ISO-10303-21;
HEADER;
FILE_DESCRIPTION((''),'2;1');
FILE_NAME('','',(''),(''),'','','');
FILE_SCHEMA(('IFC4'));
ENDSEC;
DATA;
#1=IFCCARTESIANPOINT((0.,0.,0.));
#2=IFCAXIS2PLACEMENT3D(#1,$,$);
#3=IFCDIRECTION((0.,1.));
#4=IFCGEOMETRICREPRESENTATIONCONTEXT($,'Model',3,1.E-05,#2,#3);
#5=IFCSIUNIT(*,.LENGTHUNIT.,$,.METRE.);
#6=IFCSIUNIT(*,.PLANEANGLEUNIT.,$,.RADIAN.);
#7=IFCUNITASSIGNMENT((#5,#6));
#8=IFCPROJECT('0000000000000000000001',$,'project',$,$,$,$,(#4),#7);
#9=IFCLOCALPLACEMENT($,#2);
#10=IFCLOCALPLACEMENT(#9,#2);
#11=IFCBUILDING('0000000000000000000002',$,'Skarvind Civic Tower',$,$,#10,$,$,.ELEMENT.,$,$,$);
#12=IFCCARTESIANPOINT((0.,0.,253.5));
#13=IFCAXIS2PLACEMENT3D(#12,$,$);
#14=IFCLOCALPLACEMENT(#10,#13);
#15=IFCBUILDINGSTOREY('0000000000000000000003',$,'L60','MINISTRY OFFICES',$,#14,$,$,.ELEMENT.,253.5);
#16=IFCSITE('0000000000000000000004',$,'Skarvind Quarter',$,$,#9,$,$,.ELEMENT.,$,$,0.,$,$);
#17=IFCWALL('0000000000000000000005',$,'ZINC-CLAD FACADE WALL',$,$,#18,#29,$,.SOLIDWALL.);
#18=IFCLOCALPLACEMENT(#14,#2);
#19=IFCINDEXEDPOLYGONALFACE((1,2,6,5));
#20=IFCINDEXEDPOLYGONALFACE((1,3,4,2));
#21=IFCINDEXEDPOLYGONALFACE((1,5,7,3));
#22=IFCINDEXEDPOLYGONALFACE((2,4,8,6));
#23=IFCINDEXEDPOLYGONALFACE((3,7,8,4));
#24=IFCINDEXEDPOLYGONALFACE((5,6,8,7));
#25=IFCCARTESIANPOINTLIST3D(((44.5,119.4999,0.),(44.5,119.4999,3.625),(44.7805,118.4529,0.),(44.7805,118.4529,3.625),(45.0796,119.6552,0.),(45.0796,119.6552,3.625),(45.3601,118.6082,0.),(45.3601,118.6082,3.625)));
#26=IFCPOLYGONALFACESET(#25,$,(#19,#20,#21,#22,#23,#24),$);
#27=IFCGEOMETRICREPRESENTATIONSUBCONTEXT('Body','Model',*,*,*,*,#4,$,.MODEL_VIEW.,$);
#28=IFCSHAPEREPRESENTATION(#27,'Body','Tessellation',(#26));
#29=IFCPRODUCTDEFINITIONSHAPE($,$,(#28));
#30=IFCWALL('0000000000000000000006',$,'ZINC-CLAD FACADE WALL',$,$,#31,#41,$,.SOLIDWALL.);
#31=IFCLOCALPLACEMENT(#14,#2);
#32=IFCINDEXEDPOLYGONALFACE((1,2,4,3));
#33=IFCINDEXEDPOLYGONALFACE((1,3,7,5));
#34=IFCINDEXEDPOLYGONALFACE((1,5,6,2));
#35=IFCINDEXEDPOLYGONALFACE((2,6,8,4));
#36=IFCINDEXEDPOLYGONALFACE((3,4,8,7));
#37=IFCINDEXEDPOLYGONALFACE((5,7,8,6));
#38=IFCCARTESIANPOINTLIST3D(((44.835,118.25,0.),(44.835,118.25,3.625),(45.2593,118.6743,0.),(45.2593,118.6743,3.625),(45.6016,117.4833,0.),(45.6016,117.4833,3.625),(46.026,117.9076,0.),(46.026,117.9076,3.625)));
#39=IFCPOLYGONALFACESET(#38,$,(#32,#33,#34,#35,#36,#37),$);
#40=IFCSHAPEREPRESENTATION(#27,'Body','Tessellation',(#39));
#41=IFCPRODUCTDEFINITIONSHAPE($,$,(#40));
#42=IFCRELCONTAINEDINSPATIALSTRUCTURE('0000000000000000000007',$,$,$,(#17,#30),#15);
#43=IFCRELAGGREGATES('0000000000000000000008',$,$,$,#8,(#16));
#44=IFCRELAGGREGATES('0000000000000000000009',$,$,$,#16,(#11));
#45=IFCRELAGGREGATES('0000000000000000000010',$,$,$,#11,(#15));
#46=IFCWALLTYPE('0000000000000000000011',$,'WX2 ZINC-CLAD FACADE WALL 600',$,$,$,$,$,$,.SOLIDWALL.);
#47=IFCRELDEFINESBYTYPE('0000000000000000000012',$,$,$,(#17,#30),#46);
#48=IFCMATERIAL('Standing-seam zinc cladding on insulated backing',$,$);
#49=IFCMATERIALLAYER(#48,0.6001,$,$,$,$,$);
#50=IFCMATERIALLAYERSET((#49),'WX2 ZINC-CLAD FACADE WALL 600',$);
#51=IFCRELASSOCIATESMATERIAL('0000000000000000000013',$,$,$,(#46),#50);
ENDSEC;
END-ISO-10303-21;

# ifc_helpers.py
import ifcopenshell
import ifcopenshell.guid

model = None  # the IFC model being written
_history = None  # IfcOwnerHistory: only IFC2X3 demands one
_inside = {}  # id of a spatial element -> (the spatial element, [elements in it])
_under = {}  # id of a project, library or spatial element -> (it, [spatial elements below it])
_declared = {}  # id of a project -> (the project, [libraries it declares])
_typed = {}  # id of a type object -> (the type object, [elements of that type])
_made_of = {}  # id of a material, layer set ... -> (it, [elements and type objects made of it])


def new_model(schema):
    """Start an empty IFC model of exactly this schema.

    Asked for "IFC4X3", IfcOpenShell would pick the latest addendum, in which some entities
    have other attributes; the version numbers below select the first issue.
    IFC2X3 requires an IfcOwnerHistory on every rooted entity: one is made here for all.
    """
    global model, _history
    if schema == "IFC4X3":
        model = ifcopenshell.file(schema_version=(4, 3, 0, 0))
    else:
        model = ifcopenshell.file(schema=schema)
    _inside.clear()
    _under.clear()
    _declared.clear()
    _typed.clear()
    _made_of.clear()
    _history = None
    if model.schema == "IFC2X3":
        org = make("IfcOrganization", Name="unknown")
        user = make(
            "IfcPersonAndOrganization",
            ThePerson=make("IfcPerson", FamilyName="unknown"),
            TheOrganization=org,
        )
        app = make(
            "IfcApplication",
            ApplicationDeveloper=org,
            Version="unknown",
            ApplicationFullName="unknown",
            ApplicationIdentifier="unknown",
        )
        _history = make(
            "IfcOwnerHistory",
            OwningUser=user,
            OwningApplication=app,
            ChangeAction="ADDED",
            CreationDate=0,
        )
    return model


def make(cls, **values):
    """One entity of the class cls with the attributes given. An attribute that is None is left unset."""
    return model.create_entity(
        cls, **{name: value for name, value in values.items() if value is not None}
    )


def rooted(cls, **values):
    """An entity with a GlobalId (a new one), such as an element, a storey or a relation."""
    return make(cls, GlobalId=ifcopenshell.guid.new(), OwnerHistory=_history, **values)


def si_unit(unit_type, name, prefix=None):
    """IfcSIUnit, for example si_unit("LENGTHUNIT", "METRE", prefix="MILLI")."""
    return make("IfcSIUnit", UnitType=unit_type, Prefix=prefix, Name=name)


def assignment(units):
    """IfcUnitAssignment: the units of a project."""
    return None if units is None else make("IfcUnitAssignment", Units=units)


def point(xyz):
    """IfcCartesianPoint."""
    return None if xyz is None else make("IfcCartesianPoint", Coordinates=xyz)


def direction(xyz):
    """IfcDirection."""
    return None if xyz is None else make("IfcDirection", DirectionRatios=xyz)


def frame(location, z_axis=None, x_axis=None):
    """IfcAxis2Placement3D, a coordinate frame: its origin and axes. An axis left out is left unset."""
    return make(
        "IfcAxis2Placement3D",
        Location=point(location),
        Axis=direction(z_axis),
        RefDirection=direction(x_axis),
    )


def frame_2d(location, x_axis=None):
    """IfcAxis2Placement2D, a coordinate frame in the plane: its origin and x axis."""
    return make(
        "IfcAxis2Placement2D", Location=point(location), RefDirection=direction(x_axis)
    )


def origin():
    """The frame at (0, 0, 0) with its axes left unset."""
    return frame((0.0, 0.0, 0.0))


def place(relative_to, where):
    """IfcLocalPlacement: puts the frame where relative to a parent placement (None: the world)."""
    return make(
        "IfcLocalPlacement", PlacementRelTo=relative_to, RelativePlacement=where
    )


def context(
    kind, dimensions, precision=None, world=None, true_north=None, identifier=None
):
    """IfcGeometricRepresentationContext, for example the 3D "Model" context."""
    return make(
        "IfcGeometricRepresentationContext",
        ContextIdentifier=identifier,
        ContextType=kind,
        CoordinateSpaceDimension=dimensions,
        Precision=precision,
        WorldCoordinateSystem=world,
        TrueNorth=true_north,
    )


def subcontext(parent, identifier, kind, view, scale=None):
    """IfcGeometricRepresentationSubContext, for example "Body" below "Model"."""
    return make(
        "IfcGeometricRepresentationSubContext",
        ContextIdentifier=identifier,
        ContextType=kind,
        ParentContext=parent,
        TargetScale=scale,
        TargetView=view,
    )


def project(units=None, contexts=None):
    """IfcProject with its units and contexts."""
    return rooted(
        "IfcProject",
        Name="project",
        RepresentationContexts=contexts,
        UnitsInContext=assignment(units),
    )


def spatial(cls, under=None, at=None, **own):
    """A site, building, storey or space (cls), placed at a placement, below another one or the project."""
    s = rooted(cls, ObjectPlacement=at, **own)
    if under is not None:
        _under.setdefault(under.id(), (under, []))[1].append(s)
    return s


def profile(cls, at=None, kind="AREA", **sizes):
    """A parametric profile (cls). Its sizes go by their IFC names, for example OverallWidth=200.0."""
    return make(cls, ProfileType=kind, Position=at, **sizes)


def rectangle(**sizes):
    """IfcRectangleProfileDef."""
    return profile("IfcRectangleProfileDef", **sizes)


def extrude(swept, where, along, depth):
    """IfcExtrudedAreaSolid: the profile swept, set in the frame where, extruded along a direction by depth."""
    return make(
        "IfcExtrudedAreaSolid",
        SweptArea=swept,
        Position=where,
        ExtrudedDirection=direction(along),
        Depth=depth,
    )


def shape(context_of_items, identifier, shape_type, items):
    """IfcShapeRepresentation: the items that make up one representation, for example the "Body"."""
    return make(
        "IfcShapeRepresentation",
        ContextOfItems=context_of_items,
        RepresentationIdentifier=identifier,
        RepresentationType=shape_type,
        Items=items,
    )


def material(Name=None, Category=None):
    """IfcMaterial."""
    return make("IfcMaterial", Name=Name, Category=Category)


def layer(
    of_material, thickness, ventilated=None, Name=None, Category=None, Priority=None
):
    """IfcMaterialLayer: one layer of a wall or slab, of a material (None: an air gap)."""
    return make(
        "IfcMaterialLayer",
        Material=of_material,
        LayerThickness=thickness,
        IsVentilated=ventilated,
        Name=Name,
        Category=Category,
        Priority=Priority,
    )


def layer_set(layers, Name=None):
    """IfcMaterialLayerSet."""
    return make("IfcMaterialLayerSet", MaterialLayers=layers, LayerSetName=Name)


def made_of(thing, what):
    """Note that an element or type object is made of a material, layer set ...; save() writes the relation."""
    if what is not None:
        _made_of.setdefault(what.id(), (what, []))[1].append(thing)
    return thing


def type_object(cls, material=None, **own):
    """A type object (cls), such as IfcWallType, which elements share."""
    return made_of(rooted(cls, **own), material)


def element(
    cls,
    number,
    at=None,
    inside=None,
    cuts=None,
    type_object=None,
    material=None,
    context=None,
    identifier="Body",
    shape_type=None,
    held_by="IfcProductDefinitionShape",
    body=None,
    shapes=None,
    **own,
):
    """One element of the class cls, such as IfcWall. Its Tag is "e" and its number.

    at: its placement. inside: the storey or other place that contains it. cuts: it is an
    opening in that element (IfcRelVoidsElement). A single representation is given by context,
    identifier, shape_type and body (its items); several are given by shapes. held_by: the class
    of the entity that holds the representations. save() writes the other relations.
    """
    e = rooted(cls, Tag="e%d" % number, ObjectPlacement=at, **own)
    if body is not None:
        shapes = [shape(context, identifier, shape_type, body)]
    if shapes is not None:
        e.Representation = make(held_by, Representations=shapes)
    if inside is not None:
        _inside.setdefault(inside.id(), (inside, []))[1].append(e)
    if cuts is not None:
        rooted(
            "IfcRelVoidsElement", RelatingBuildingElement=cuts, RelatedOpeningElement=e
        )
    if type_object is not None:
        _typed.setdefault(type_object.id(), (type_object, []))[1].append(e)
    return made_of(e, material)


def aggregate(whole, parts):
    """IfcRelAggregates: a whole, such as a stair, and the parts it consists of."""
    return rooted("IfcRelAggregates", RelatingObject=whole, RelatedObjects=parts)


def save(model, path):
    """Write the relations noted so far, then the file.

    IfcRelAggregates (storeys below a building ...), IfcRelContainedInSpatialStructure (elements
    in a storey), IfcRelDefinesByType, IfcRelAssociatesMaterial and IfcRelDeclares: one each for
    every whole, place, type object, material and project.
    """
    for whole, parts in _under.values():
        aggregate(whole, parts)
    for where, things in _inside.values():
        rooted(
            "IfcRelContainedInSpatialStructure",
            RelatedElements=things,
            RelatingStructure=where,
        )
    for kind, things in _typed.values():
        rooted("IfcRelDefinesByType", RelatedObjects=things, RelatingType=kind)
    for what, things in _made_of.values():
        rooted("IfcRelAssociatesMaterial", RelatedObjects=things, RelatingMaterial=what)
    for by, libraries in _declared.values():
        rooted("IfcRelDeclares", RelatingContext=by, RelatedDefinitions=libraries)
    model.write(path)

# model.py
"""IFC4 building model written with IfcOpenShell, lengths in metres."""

from ifc_helpers import new_model, si_unit, direction, frame, frame_2d, origin, place, context, subcontext, project, spatial, rectangle, extrude, material, layer, layer_set, type_object, element, save


model = new_model("IFC4")

# Units and contexts
model_context = context("Model", 3, precision=1e-05, world=origin(), true_north=direction((0.0, 1.0)))
body_context = subcontext(model_context, "Body", "Model", "MODEL_VIEW")
ifc_project = project(units=[si_unit("LENGTHUNIT", "METRE"), si_unit("PLANEANGLEUNIT", "RADIAN")], contexts=[model_context])

# Site, building, storey
site_placement = place(None, origin())
site = spatial("IfcSite", under=ifc_project, at=site_placement, Name="Skarvind Quarter", CompositionType="ELEMENT", RefElevation=0.0)
building_placement = place(site_placement, origin())
building = spatial("IfcBuilding", under=site, at=building_placement, Name="Skarvind Civic Tower", CompositionType="ELEMENT")
storey_placement = place(building_placement, frame((0.0, 0.0, 253.5)))
storey = spatial("IfcBuildingStorey", under=building, at=storey_placement, Name="L60", Description="MINISTRY OFFICES", CompositionType="ELEMENT", Elevation=253.5)

# Shared definitions
ifc_material_1 = material(Name="Standing-seam zinc cladding on insulated backing")
ifc_layer_1 = layer(ifc_material_1, 0.6001)
ifc_layer_set_1 = layer_set([ifc_layer_1], Name="WX2 ZINC-CLAD FACADE WALL 600")
wall_type_1 = type_object("IfcWallType", Name="WX2 ZINC-CLAD FACADE WALL 600", PredefinedType="SOLIDWALL", material=ifc_layer_set_1)

# Walls
wall_1_placement = place(storey_placement, frame((45.0703, 118.5305, 0.0), z_axis=(0.0, 0.0, 1.0), x_axis=(-0.25877, 0.965939, 0.0)))
element("IfcWall", 1, at=wall_1_placement, inside=storey, type_object=wall_type_1, Name="ZINC-CLAD FACADE WALL", PredefinedType="SOLIDWALL", context=body_context, shape_type="SweptSolid", body=[
    extrude(rectangle(XDim=1.084, YDim=0.6001, at=frame_2d((0.542, 0.0))), origin(), (0.0, 0.0, 1.0), 3.625),
])
wall_2_placement = place(storey_placement, frame((45.8137, 117.6956, 0.0), z_axis=(0.0, 0.0, 1.0), x_axis=(-0.707107, 0.707107, 0.0)))
element("IfcWall", 2, at=wall_2_placement, inside=storey, type_object=wall_type_1, Name="ZINC-CLAD FACADE WALL", PredefinedType="SOLIDWALL", context=body_context, shape_type="SweptSolid", body=[
    extrude(rectangle(XDim=1.0842, YDim=0.6001, at=frame_2d((0.542, 0.0))), origin(), (0.0, 0.0, 1.0), 3.625),
])

save(model, "model.ifc")
